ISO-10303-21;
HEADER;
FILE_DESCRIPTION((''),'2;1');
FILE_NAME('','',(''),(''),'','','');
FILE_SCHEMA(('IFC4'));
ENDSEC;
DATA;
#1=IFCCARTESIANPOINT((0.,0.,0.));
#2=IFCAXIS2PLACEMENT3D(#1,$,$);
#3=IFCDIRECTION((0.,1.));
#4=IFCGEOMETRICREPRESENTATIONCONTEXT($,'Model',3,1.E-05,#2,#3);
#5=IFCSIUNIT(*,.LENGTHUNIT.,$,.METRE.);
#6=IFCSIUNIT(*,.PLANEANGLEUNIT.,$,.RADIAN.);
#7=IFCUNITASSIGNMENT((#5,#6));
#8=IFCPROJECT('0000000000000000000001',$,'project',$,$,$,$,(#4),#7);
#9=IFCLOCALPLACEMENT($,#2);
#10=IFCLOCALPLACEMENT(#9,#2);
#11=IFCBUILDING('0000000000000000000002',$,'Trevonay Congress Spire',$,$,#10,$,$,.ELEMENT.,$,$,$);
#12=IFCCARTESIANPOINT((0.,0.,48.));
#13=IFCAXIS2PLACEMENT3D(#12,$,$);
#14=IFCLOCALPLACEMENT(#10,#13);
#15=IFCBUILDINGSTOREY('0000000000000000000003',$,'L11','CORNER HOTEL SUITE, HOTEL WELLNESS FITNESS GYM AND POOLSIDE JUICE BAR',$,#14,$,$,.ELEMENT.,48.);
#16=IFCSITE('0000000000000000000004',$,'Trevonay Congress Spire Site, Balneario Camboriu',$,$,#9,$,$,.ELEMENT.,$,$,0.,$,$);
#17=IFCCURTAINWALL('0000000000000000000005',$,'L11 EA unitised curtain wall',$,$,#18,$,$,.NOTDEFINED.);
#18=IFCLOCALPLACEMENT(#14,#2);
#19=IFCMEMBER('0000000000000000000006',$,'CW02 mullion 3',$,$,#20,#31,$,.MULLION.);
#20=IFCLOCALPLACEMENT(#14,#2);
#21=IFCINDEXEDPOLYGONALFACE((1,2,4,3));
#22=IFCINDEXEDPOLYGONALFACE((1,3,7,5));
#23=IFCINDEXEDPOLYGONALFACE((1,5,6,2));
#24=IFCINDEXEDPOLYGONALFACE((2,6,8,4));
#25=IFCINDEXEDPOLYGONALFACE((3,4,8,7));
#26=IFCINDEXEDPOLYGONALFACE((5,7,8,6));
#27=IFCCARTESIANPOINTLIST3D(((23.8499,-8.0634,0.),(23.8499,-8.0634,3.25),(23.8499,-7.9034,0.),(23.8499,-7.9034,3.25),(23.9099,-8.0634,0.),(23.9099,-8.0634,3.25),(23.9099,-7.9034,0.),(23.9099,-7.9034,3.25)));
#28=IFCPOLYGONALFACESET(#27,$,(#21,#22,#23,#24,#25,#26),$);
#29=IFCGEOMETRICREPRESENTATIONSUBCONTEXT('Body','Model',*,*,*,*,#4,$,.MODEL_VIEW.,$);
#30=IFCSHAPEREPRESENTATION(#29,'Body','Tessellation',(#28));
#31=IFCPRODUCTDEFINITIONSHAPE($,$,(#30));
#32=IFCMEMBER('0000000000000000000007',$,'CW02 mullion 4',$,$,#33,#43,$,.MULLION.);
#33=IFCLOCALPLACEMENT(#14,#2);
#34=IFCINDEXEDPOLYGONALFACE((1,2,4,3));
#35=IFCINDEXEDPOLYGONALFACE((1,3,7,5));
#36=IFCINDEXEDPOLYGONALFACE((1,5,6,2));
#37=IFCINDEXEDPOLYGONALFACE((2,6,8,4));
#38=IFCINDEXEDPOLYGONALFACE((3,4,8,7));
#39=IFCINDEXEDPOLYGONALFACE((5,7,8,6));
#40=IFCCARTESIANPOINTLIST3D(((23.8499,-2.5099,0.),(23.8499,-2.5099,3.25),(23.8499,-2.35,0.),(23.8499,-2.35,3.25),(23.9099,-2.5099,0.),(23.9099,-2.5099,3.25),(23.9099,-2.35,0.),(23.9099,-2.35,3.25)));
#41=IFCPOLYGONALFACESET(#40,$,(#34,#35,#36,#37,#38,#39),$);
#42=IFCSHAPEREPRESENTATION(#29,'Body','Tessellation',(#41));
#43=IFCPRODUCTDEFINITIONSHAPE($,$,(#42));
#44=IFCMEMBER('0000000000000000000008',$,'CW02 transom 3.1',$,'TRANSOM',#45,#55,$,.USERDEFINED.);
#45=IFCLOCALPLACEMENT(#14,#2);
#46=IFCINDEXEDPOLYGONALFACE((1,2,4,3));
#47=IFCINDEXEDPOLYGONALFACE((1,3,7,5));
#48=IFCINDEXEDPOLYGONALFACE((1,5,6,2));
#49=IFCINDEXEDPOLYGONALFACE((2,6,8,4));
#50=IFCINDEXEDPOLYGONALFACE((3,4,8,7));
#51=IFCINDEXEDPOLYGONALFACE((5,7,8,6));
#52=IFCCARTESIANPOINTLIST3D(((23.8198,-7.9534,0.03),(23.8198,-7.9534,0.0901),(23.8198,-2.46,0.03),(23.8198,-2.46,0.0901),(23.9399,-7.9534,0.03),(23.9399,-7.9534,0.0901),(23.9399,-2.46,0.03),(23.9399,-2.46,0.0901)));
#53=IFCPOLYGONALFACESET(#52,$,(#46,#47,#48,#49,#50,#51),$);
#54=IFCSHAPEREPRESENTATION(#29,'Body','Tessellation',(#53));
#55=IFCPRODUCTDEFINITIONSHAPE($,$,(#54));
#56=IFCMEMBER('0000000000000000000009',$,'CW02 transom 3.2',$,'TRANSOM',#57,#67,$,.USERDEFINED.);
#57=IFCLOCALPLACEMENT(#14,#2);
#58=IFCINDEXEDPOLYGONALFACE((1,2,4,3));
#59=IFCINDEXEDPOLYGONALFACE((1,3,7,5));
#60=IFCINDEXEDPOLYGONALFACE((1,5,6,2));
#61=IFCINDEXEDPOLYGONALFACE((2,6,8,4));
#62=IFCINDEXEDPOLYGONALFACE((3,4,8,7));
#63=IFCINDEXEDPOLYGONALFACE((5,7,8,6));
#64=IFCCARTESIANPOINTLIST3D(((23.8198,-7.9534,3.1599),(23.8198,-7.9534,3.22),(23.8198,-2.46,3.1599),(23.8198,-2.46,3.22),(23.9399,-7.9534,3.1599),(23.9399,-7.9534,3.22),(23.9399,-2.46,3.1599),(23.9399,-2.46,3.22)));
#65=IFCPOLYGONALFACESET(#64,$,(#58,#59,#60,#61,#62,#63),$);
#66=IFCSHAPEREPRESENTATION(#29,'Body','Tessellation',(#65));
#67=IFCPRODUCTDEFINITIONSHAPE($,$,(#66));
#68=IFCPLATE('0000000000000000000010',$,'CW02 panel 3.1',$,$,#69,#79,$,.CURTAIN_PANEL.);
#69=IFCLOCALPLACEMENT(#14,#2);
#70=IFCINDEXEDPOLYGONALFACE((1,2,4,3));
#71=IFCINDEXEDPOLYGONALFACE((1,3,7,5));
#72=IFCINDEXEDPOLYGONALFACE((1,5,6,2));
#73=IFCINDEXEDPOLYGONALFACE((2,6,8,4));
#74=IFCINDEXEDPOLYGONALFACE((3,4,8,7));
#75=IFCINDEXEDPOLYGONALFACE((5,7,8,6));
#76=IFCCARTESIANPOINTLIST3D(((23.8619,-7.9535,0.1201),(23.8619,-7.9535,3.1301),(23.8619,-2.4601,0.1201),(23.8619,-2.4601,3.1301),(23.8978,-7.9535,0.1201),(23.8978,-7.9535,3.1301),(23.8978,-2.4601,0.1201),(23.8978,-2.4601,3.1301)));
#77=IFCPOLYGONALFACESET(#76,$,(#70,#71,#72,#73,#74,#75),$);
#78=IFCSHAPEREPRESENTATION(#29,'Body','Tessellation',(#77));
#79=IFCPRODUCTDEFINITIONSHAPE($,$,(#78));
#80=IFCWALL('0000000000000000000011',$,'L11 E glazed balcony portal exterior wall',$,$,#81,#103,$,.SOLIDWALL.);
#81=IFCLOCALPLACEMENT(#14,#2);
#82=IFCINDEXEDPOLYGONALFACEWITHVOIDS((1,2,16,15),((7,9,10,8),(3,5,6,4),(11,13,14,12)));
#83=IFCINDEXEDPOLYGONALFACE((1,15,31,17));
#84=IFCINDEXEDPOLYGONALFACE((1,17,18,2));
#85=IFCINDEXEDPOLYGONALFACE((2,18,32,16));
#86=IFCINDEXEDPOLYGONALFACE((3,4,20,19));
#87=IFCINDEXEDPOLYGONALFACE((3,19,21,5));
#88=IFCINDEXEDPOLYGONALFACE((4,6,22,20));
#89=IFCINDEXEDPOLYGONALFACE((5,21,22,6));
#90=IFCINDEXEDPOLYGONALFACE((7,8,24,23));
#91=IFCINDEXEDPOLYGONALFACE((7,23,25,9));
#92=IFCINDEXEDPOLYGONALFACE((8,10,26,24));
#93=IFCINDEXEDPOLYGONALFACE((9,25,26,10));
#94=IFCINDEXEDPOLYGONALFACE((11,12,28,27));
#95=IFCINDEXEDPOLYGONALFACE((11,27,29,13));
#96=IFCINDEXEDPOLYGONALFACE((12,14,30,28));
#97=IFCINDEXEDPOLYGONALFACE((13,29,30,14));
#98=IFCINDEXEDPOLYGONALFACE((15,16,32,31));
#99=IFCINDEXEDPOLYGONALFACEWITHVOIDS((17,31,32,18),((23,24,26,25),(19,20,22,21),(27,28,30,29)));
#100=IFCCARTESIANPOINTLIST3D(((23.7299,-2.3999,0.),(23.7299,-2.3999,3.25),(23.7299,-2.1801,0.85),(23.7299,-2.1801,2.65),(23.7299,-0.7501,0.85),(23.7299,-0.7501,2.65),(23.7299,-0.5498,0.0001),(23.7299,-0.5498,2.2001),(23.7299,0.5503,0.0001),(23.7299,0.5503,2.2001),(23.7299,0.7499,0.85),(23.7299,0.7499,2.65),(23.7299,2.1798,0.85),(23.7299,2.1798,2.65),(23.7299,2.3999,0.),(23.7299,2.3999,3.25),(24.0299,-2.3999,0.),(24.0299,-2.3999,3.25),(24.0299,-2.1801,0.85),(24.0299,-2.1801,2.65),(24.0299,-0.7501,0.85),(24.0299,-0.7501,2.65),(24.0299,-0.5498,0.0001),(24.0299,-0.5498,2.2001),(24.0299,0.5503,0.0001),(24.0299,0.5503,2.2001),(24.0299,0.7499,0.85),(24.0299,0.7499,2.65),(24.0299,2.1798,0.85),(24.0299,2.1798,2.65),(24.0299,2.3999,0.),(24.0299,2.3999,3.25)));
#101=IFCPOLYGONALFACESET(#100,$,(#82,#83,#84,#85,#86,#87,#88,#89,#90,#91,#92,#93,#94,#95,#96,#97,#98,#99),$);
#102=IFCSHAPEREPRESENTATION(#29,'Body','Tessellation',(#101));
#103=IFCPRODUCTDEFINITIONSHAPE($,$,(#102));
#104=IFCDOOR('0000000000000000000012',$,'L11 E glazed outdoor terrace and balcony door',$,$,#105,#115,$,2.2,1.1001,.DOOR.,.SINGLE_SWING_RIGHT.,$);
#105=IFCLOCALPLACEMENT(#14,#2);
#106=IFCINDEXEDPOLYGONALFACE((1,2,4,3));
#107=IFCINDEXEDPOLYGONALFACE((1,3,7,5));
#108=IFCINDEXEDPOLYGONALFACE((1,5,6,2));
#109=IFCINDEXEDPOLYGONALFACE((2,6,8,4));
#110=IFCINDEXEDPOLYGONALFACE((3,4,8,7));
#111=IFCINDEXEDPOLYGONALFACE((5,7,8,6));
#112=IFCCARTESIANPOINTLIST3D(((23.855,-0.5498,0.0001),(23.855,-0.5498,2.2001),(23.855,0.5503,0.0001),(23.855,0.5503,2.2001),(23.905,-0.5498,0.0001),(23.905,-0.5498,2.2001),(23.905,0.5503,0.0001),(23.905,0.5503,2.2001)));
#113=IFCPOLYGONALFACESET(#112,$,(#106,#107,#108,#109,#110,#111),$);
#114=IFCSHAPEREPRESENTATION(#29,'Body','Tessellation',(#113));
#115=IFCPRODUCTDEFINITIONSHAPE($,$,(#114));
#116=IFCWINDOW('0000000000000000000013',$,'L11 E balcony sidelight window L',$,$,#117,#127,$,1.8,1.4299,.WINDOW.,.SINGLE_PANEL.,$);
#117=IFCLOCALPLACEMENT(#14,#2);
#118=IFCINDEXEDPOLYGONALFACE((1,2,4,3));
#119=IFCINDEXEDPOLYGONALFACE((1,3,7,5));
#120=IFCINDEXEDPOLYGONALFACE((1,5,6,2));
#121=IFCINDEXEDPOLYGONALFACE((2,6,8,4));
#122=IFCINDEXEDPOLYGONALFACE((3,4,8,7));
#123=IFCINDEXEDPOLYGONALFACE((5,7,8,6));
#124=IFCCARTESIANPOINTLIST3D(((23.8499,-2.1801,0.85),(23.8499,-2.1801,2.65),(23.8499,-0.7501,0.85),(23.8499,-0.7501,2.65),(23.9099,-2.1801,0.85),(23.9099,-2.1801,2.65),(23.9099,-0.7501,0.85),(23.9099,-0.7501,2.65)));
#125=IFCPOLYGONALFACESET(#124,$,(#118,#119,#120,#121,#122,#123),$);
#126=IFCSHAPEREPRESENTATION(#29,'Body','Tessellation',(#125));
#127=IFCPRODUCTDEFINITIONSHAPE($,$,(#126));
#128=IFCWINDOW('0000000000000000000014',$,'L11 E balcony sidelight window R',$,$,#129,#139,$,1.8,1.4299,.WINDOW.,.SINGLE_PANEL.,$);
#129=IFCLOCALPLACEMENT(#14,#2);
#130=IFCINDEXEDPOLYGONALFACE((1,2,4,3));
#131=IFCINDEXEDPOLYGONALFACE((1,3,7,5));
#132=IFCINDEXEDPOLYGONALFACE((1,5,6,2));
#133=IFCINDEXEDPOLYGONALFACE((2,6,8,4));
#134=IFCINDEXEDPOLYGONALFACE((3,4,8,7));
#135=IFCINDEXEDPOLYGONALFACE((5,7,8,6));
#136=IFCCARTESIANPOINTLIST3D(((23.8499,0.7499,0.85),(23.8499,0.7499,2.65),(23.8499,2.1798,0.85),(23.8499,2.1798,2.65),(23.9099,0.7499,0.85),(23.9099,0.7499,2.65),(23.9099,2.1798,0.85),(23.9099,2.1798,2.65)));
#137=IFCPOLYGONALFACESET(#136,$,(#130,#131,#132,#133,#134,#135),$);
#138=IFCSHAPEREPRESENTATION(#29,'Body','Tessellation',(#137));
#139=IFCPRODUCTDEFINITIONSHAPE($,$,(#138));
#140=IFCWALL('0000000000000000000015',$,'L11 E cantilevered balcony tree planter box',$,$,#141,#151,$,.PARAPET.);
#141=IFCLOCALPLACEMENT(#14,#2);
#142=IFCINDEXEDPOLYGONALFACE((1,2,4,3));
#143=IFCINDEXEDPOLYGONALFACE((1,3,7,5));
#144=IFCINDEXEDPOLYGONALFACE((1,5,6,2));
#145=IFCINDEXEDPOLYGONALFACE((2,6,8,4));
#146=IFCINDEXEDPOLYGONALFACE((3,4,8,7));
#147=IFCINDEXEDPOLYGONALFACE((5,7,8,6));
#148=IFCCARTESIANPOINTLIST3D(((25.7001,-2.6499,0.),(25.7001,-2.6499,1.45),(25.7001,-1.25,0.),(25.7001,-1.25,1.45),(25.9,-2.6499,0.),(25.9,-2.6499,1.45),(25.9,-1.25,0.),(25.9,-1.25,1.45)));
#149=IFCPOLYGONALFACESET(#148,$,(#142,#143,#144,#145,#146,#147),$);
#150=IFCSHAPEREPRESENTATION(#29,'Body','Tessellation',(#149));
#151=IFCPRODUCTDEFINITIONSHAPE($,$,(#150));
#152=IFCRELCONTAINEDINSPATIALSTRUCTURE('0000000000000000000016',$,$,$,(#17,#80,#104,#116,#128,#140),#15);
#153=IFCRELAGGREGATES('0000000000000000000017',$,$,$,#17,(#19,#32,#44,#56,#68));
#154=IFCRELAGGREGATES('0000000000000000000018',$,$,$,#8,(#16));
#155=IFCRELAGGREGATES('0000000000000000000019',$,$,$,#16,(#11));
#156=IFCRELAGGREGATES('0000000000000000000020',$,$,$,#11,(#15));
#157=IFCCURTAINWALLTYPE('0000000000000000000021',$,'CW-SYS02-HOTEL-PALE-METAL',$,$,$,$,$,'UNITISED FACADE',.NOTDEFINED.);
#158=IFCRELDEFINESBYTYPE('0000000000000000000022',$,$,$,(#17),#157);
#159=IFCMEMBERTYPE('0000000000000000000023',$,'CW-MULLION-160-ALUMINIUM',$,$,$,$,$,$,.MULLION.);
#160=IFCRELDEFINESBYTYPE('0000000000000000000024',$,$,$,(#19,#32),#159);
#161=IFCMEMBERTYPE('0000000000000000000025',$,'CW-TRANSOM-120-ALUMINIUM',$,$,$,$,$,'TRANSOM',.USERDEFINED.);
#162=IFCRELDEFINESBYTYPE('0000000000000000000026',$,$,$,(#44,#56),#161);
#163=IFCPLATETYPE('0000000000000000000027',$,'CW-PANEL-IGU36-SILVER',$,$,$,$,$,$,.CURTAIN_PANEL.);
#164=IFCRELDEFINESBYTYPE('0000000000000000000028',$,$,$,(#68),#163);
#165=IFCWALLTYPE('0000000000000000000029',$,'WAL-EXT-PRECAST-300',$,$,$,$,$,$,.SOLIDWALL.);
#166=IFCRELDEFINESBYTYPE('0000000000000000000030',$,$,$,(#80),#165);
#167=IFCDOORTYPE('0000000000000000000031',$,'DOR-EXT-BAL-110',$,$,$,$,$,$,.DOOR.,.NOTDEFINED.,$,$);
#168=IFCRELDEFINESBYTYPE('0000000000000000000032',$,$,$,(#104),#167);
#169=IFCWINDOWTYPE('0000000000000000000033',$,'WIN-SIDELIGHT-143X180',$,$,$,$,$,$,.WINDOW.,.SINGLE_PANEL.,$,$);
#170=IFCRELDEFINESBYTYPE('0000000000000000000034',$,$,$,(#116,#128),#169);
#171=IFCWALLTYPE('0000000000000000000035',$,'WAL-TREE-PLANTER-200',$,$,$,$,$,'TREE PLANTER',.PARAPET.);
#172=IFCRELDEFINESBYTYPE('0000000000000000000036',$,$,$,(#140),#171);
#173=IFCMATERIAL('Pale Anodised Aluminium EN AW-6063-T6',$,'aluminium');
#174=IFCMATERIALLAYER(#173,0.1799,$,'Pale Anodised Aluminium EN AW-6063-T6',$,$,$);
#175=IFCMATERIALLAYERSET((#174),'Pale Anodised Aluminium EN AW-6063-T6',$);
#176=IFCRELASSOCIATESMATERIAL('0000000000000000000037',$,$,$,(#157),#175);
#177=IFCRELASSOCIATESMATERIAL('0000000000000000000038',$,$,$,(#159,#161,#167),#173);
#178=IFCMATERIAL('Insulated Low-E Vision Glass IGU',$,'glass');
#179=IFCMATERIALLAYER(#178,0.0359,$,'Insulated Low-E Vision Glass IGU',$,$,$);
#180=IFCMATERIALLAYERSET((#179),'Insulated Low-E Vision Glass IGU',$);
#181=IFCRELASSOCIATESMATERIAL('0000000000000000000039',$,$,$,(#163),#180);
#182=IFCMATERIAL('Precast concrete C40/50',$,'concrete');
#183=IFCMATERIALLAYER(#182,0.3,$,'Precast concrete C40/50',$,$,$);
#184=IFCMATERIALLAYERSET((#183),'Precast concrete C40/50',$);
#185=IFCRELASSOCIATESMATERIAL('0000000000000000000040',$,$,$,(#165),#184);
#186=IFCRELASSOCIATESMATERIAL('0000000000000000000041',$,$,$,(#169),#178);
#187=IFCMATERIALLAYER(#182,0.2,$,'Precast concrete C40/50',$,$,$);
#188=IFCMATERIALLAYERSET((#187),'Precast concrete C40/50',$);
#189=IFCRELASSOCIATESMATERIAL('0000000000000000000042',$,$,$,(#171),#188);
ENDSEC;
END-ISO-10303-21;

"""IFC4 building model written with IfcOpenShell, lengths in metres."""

from ifc_helpers import new_model, si_unit, direction, frame, frame_2d, origin, origin_2d, place, context, subcontext, project, spatial, rectangle, extrude, material, layer, layer_set, material_profile, profile_set, type_object, element, fill, aggregate, save


model = new_model("IFC4")

# Units and contexts
model_context = context("Model", 3, precision=1e-05, world=origin(), true_north=direction((0.0, 1.0)))
body_context = subcontext(model_context, "Body", "Model", "MODEL_VIEW")
ifc_project = project(units=[si_unit("LENGTHUNIT", "METRE"), si_unit("PLANEANGLEUNIT", "RADIAN")], contexts=[model_context])

# Site, building, storey
site_placement = place(None, origin())
site = spatial("IfcSite", under=ifc_project, at=site_placement, Name="Trevonay Congress Spire Site, Balneario Camboriu", CompositionType="ELEMENT", RefElevation=0.0)
building_placement = place(site_placement, origin())
building = spatial("IfcBuilding", under=site, at=building_placement, Name="Trevonay Congress Spire", CompositionType="ELEMENT")
storey_placement = place(building_placement, frame((0.0, 0.0, 48.0)))
storey = spatial("IfcBuildingStorey", under=building, at=storey_placement, Name="L11", Description="CORNER HOTEL SUITE, HOTEL WELLNESS FITNESS GYM AND POOLSIDE JUICE BAR", CompositionType="ELEMENT", Elevation=48.0)

# Curtain wall, members, plate
ifc_material_1 = material(Name="Pale Anodised Aluminium EN AW-6063-T6", Category="aluminium")
ifc_layer_1 = layer(ifc_material_1, 0.1799, Name="Pale Anodised Aluminium EN AW-6063-T6")
ifc_layer_set_1 = layer_set([ifc_layer_1], Name="Pale Anodised Aluminium EN AW-6063-T6")
curtain_wall_type = type_object("IfcCurtainWallType", Name="CW-SYS02-HOTEL-PALE-METAL", ElementType="UNITISED FACADE", PredefinedType="NOTDEFINED", material=ifc_layer_set_1)
curtain_wall_placement = place(storey_placement, origin())
curtain_wall = element("IfcCurtainWall", 1, at=curtain_wall_placement, inside=storey, type_object=curtain_wall_type, Name="L11 EA unitised curtain wall", PredefinedType="NOTDEFINED")
ifc_material_profile_1 = material_profile(ifc_material_1, rectangle(XDim=0.0601, YDim=0.1599, at=origin_2d()), Name="CW-MULLION-160-ALUMINIUM")
ifc_profile_set_1 = profile_set([ifc_material_profile_1], Name="Pale Anodised Aluminium EN AW-6063-T6")
member_type_1 = type_object("IfcMemberType", Name="CW-MULLION-160-ALUMINIUM", PredefinedType="MULLION", material=ifc_profile_set_1)
member_1_placement = place(storey_placement, frame((23.8799, -7.9834, 0.0), z_axis=(0.0, 0.0, 1.0), x_axis=(-1.0, 0.0, 0.0)))
member_1 = element("IfcMember", 2, at=member_1_placement, type_object=member_type_1, Name="CW02 mullion 3", PredefinedType="MULLION", context=body_context, shape_type="SweptSolid", body=[
    extrude(rectangle(XDim=0.0601, YDim=0.1599, at=origin_2d()), origin(), (0.0, 0.0, 1.0), 3.25),
])
member_2_placement = place(storey_placement, frame((23.8799, -2.4299, 0.0), z_axis=(0.0, 0.0, 1.0), x_axis=(-1.0, 0.0, 0.0)))
member_2 = element("IfcMember", 3, at=member_2_placement, type_object=member_type_1, Name="CW02 mullion 4", PredefinedType="MULLION", context=body_context, shape_type="SweptSolid", body=[
    extrude(rectangle(XDim=0.0601, YDim=0.1599, at=origin_2d()), origin(), (0.0, 0.0, 1.0), 3.25),
])
ifc_material_profile_2 = material_profile(ifc_material_1, rectangle(XDim=0.1201, YDim=0.0601, at=origin_2d()), Name="CW-TRANSOM-120-ALUMINIUM")
ifc_profile_set_2 = profile_set([ifc_material_profile_2], Name="Pale Anodised Aluminium EN AW-6063-T6")
member_type_2 = type_object("IfcMemberType", Name="CW-TRANSOM-120-ALUMINIUM", ElementType="TRANSOM", PredefinedType="USERDEFINED", material=ifc_profile_set_2)
member_3_placement = place(storey_placement, frame((23.8799, -7.9534, 0.0601), z_axis=(0.0, 1.0, 0.0), x_axis=(-1.0, 0.0, 0.0)))
member_3 = element("IfcMember", 4, at=member_3_placement, type_object=member_type_2, Name="CW02 transom 3.1", ObjectType="TRANSOM", PredefinedType="USERDEFINED", context=body_context, shape_type="SweptSolid", body=[
    extrude(rectangle(XDim=0.1201, YDim=0.0601, at=origin_2d()), origin(), (0.0, 0.0, 1.0), 5.4934),
])
member_4_placement = place(storey_placement, frame((23.8799, -7.9534, 3.1899), z_axis=(0.0, 1.0, 0.0), x_axis=(-1.0, 0.0, 0.0)))
member_4 = element("IfcMember", 5, at=member_4_placement, type_object=member_type_2, Name="CW02 transom 3.2", ObjectType="TRANSOM", PredefinedType="USERDEFINED", context=body_context, shape_type="SweptSolid", body=[
    extrude(rectangle(XDim=0.1201, YDim=0.0601, at=origin_2d()), origin(), (0.0, 0.0, 1.0), 5.4934),
])
ifc_material_2 = material(Name="Insulated Low-E Vision Glass IGU", Category="glass")
ifc_layer_2 = layer(ifc_material_2, 0.0359, Name="Insulated Low-E Vision Glass IGU")
ifc_layer_set_2 = layer_set([ifc_layer_2], Name="Insulated Low-E Vision Glass IGU")
plate_type = type_object("IfcPlateType", Name="CW-PANEL-IGU36-SILVER", PredefinedType="CURTAIN_PANEL", material=ifc_layer_set_2)
plate_placement = place(storey_placement, frame((23.8799, -5.2068, 0.1201), z_axis=(0.0, 0.0, 1.0), x_axis=(0.0, 1.0, 0.0)))
plate = element("IfcPlate", 6, at=plate_placement, type_object=plate_type, Name="CW02 panel 3.1", PredefinedType="CURTAIN_PANEL", context=body_context, shape_type="SweptSolid", body=[
    extrude(rectangle(XDim=5.4934, YDim=0.0359, at=origin_2d()), origin(), (0.0, 0.0, 1.0), 3.01),
])
aggregate(curtain_wall, [member_1, member_2, member_3, member_4, plate])

# Wall, openings, door, windows
ifc_material_3 = material(Name="Precast concrete C40/50", Category="concrete")
ifc_layer_3 = layer(ifc_material_3, 0.3, Name="Precast concrete C40/50")
ifc_layer_set_3 = layer_set([ifc_layer_3], Name="Precast concrete C40/50")
wall_type_1 = type_object("IfcWallType", Name="WAL-EXT-PRECAST-300", PredefinedType="SOLIDWALL", material=ifc_layer_set_3)
wall_1_placement = place(storey_placement, frame((23.8799, -2.3999, 0.0), z_axis=(0.0, 0.0, 1.0), x_axis=(0.0, 1.0, 0.0)))
wall_1 = element("IfcWall", 7, at=wall_1_placement, inside=storey, type_object=wall_type_1, Name="L11 E glazed balcony portal exterior wall", PredefinedType="SOLIDWALL", context=body_context, shape_type="SweptSolid", body=[
    extrude(rectangle(XDim=4.7998, YDim=0.3, at=frame_2d((2.3999, 0.0))), origin(), (0.0, 0.0, 1.0), 3.25),
])
opening_1_placement = place(wall_1_placement, frame((1.8501, 0.0, 0.0)))
opening_1 = element("IfcOpeningElement", 8, at=opening_1_placement, cuts=wall_1, PredefinedType="OPENING", context=body_context, shape_type="SweptSolid", body=[
    extrude(rectangle(XDim=1.1001, YDim=2.2, at=frame_2d((0.55, 1.1001))), frame((0.0, 0.1602, 0.0), z_axis=(0.0, -1.0, 0.0), x_axis=(1.0, 0.0, 0.0)), (0.0, 0.0, 1.0), 0.3201),
])
opening_2_placement = place(wall_1_placement, frame((0.22, 0.0, 0.8501)))
opening_2 = element("IfcOpeningElement", 9, at=opening_2_placement, cuts=wall_1, PredefinedType="OPENING", context=body_context, shape_type="SweptSolid", body=[
    extrude(rectangle(XDim=1.4299, YDim=1.8, at=frame_2d((0.7148, 0.8999))), frame((0.0, 0.1602, 0.0), z_axis=(0.0, -1.0, 0.0), x_axis=(1.0, 0.0, 0.0)), (0.0, 0.0, 1.0), 0.3201),
])
opening_3_placement = place(wall_1_placement, frame((3.1499, 0.0, 0.8501)))
opening_3 = element("IfcOpeningElement", 10, at=opening_3_placement, cuts=wall_1, PredefinedType="OPENING", context=body_context, shape_type="SweptSolid", body=[
    extrude(rectangle(XDim=1.4299, YDim=1.8, at=frame_2d((0.7148, 0.8999))), frame((0.0, 0.1602, 0.0), z_axis=(0.0, -1.0, 0.0), x_axis=(1.0, 0.0, 0.0)), (0.0, 0.0, 1.0), 0.3201),
])
door_type = type_object("IfcDoorType", Name="DOR-EXT-BAL-110", OperationType="NOTDEFINED", PredefinedType="DOOR", material=ifc_material_1)
door_placement = place(opening_1_placement, origin())
door = element("IfcDoor", 11, at=door_placement, inside=storey, type_object=door_type, Name="L11 E glazed outdoor terrace and balcony door", OperationType="SINGLE_SWING_RIGHT", OverallHeight=2.2, OverallWidth=1.1001, PredefinedType="DOOR", context=body_context, shape_type="SweptSolid", body=[
    extrude(rectangle(XDim=1.1001, YDim=2.2, at=frame_2d((0.55, 1.1001))), frame((0.0, 0.0249, 0.0), z_axis=(0.0, -1.0, 0.0), x_axis=(1.0, 0.0, 0.0)), (0.0, 0.0, 1.0), 0.05),
])
fill(opening_1, door)
window_type = type_object("IfcWindowType", Name="WIN-SIDELIGHT-143X180", PartitioningType="SINGLE_PANEL", PredefinedType="WINDOW", material=ifc_material_2)
window_1_placement = place(opening_2_placement, origin())
window_1 = element("IfcWindow", 12, at=window_1_placement, inside=storey, type_object=window_type, Name="L11 E balcony sidelight window L", OverallHeight=1.8, OverallWidth=1.4299, PartitioningType="SINGLE_PANEL", PredefinedType="WINDOW", context=body_context, shape_type="SweptSolid", body=[
    extrude(rectangle(XDim=1.4299, YDim=1.8, at=frame_2d((0.7148, 0.8999))), frame((0.0, 0.03, 0.0), z_axis=(0.0, -1.0, 0.0), x_axis=(1.0, 0.0, 0.0)), (0.0, 0.0, 1.0), 0.0601),
])
fill(opening_2, window_1)
window_2_placement = place(opening_3_placement, origin())
window_2 = element("IfcWindow", 13, at=window_2_placement, inside=storey, type_object=window_type, Name="L11 E balcony sidelight window R", OverallHeight=1.8, OverallWidth=1.4299, PartitioningType="SINGLE_PANEL", PredefinedType="WINDOW", context=body_context, shape_type="SweptSolid", body=[
    extrude(rectangle(XDim=1.4299, YDim=1.8, at=frame_2d((0.7148, 0.8999))), frame((0.0, 0.03, 0.0), z_axis=(0.0, -1.0, 0.0), x_axis=(1.0, 0.0, 0.0)), (0.0, 0.0, 1.0), 0.0601),
])
fill(opening_3, window_2)

# Wall
ifc_layer_4 = layer(ifc_material_3, 0.2, Name="Precast concrete C40/50")
ifc_layer_set_4 = layer_set([ifc_layer_4], Name="Precast concrete C40/50")
wall_type_2 = type_object("IfcWallType", Name="WAL-TREE-PLANTER-200", ElementType="TREE PLANTER", PredefinedType="PARAPET", material=ifc_layer_set_4)
wall_2_placement = place(storey_placement, frame((25.8, -2.6499, 0.0), z_axis=(0.0, 0.0, 1.0), x_axis=(0.0, 1.0, 0.0)))
element("IfcWall", 14, at=wall_2_placement, inside=storey, type_object=wall_type_2, Name="L11 E cantilevered balcony tree planter box", PredefinedType="PARAPET", context=body_context, shape_type="SweptSolid", body=[
    extrude(rectangle(XDim=1.3999, YDim=0.2, at=frame_2d((0.7, 0.0))), origin(), (0.0, 0.0, 1.0), 1.45),
])

save(model, "model.ifc")
